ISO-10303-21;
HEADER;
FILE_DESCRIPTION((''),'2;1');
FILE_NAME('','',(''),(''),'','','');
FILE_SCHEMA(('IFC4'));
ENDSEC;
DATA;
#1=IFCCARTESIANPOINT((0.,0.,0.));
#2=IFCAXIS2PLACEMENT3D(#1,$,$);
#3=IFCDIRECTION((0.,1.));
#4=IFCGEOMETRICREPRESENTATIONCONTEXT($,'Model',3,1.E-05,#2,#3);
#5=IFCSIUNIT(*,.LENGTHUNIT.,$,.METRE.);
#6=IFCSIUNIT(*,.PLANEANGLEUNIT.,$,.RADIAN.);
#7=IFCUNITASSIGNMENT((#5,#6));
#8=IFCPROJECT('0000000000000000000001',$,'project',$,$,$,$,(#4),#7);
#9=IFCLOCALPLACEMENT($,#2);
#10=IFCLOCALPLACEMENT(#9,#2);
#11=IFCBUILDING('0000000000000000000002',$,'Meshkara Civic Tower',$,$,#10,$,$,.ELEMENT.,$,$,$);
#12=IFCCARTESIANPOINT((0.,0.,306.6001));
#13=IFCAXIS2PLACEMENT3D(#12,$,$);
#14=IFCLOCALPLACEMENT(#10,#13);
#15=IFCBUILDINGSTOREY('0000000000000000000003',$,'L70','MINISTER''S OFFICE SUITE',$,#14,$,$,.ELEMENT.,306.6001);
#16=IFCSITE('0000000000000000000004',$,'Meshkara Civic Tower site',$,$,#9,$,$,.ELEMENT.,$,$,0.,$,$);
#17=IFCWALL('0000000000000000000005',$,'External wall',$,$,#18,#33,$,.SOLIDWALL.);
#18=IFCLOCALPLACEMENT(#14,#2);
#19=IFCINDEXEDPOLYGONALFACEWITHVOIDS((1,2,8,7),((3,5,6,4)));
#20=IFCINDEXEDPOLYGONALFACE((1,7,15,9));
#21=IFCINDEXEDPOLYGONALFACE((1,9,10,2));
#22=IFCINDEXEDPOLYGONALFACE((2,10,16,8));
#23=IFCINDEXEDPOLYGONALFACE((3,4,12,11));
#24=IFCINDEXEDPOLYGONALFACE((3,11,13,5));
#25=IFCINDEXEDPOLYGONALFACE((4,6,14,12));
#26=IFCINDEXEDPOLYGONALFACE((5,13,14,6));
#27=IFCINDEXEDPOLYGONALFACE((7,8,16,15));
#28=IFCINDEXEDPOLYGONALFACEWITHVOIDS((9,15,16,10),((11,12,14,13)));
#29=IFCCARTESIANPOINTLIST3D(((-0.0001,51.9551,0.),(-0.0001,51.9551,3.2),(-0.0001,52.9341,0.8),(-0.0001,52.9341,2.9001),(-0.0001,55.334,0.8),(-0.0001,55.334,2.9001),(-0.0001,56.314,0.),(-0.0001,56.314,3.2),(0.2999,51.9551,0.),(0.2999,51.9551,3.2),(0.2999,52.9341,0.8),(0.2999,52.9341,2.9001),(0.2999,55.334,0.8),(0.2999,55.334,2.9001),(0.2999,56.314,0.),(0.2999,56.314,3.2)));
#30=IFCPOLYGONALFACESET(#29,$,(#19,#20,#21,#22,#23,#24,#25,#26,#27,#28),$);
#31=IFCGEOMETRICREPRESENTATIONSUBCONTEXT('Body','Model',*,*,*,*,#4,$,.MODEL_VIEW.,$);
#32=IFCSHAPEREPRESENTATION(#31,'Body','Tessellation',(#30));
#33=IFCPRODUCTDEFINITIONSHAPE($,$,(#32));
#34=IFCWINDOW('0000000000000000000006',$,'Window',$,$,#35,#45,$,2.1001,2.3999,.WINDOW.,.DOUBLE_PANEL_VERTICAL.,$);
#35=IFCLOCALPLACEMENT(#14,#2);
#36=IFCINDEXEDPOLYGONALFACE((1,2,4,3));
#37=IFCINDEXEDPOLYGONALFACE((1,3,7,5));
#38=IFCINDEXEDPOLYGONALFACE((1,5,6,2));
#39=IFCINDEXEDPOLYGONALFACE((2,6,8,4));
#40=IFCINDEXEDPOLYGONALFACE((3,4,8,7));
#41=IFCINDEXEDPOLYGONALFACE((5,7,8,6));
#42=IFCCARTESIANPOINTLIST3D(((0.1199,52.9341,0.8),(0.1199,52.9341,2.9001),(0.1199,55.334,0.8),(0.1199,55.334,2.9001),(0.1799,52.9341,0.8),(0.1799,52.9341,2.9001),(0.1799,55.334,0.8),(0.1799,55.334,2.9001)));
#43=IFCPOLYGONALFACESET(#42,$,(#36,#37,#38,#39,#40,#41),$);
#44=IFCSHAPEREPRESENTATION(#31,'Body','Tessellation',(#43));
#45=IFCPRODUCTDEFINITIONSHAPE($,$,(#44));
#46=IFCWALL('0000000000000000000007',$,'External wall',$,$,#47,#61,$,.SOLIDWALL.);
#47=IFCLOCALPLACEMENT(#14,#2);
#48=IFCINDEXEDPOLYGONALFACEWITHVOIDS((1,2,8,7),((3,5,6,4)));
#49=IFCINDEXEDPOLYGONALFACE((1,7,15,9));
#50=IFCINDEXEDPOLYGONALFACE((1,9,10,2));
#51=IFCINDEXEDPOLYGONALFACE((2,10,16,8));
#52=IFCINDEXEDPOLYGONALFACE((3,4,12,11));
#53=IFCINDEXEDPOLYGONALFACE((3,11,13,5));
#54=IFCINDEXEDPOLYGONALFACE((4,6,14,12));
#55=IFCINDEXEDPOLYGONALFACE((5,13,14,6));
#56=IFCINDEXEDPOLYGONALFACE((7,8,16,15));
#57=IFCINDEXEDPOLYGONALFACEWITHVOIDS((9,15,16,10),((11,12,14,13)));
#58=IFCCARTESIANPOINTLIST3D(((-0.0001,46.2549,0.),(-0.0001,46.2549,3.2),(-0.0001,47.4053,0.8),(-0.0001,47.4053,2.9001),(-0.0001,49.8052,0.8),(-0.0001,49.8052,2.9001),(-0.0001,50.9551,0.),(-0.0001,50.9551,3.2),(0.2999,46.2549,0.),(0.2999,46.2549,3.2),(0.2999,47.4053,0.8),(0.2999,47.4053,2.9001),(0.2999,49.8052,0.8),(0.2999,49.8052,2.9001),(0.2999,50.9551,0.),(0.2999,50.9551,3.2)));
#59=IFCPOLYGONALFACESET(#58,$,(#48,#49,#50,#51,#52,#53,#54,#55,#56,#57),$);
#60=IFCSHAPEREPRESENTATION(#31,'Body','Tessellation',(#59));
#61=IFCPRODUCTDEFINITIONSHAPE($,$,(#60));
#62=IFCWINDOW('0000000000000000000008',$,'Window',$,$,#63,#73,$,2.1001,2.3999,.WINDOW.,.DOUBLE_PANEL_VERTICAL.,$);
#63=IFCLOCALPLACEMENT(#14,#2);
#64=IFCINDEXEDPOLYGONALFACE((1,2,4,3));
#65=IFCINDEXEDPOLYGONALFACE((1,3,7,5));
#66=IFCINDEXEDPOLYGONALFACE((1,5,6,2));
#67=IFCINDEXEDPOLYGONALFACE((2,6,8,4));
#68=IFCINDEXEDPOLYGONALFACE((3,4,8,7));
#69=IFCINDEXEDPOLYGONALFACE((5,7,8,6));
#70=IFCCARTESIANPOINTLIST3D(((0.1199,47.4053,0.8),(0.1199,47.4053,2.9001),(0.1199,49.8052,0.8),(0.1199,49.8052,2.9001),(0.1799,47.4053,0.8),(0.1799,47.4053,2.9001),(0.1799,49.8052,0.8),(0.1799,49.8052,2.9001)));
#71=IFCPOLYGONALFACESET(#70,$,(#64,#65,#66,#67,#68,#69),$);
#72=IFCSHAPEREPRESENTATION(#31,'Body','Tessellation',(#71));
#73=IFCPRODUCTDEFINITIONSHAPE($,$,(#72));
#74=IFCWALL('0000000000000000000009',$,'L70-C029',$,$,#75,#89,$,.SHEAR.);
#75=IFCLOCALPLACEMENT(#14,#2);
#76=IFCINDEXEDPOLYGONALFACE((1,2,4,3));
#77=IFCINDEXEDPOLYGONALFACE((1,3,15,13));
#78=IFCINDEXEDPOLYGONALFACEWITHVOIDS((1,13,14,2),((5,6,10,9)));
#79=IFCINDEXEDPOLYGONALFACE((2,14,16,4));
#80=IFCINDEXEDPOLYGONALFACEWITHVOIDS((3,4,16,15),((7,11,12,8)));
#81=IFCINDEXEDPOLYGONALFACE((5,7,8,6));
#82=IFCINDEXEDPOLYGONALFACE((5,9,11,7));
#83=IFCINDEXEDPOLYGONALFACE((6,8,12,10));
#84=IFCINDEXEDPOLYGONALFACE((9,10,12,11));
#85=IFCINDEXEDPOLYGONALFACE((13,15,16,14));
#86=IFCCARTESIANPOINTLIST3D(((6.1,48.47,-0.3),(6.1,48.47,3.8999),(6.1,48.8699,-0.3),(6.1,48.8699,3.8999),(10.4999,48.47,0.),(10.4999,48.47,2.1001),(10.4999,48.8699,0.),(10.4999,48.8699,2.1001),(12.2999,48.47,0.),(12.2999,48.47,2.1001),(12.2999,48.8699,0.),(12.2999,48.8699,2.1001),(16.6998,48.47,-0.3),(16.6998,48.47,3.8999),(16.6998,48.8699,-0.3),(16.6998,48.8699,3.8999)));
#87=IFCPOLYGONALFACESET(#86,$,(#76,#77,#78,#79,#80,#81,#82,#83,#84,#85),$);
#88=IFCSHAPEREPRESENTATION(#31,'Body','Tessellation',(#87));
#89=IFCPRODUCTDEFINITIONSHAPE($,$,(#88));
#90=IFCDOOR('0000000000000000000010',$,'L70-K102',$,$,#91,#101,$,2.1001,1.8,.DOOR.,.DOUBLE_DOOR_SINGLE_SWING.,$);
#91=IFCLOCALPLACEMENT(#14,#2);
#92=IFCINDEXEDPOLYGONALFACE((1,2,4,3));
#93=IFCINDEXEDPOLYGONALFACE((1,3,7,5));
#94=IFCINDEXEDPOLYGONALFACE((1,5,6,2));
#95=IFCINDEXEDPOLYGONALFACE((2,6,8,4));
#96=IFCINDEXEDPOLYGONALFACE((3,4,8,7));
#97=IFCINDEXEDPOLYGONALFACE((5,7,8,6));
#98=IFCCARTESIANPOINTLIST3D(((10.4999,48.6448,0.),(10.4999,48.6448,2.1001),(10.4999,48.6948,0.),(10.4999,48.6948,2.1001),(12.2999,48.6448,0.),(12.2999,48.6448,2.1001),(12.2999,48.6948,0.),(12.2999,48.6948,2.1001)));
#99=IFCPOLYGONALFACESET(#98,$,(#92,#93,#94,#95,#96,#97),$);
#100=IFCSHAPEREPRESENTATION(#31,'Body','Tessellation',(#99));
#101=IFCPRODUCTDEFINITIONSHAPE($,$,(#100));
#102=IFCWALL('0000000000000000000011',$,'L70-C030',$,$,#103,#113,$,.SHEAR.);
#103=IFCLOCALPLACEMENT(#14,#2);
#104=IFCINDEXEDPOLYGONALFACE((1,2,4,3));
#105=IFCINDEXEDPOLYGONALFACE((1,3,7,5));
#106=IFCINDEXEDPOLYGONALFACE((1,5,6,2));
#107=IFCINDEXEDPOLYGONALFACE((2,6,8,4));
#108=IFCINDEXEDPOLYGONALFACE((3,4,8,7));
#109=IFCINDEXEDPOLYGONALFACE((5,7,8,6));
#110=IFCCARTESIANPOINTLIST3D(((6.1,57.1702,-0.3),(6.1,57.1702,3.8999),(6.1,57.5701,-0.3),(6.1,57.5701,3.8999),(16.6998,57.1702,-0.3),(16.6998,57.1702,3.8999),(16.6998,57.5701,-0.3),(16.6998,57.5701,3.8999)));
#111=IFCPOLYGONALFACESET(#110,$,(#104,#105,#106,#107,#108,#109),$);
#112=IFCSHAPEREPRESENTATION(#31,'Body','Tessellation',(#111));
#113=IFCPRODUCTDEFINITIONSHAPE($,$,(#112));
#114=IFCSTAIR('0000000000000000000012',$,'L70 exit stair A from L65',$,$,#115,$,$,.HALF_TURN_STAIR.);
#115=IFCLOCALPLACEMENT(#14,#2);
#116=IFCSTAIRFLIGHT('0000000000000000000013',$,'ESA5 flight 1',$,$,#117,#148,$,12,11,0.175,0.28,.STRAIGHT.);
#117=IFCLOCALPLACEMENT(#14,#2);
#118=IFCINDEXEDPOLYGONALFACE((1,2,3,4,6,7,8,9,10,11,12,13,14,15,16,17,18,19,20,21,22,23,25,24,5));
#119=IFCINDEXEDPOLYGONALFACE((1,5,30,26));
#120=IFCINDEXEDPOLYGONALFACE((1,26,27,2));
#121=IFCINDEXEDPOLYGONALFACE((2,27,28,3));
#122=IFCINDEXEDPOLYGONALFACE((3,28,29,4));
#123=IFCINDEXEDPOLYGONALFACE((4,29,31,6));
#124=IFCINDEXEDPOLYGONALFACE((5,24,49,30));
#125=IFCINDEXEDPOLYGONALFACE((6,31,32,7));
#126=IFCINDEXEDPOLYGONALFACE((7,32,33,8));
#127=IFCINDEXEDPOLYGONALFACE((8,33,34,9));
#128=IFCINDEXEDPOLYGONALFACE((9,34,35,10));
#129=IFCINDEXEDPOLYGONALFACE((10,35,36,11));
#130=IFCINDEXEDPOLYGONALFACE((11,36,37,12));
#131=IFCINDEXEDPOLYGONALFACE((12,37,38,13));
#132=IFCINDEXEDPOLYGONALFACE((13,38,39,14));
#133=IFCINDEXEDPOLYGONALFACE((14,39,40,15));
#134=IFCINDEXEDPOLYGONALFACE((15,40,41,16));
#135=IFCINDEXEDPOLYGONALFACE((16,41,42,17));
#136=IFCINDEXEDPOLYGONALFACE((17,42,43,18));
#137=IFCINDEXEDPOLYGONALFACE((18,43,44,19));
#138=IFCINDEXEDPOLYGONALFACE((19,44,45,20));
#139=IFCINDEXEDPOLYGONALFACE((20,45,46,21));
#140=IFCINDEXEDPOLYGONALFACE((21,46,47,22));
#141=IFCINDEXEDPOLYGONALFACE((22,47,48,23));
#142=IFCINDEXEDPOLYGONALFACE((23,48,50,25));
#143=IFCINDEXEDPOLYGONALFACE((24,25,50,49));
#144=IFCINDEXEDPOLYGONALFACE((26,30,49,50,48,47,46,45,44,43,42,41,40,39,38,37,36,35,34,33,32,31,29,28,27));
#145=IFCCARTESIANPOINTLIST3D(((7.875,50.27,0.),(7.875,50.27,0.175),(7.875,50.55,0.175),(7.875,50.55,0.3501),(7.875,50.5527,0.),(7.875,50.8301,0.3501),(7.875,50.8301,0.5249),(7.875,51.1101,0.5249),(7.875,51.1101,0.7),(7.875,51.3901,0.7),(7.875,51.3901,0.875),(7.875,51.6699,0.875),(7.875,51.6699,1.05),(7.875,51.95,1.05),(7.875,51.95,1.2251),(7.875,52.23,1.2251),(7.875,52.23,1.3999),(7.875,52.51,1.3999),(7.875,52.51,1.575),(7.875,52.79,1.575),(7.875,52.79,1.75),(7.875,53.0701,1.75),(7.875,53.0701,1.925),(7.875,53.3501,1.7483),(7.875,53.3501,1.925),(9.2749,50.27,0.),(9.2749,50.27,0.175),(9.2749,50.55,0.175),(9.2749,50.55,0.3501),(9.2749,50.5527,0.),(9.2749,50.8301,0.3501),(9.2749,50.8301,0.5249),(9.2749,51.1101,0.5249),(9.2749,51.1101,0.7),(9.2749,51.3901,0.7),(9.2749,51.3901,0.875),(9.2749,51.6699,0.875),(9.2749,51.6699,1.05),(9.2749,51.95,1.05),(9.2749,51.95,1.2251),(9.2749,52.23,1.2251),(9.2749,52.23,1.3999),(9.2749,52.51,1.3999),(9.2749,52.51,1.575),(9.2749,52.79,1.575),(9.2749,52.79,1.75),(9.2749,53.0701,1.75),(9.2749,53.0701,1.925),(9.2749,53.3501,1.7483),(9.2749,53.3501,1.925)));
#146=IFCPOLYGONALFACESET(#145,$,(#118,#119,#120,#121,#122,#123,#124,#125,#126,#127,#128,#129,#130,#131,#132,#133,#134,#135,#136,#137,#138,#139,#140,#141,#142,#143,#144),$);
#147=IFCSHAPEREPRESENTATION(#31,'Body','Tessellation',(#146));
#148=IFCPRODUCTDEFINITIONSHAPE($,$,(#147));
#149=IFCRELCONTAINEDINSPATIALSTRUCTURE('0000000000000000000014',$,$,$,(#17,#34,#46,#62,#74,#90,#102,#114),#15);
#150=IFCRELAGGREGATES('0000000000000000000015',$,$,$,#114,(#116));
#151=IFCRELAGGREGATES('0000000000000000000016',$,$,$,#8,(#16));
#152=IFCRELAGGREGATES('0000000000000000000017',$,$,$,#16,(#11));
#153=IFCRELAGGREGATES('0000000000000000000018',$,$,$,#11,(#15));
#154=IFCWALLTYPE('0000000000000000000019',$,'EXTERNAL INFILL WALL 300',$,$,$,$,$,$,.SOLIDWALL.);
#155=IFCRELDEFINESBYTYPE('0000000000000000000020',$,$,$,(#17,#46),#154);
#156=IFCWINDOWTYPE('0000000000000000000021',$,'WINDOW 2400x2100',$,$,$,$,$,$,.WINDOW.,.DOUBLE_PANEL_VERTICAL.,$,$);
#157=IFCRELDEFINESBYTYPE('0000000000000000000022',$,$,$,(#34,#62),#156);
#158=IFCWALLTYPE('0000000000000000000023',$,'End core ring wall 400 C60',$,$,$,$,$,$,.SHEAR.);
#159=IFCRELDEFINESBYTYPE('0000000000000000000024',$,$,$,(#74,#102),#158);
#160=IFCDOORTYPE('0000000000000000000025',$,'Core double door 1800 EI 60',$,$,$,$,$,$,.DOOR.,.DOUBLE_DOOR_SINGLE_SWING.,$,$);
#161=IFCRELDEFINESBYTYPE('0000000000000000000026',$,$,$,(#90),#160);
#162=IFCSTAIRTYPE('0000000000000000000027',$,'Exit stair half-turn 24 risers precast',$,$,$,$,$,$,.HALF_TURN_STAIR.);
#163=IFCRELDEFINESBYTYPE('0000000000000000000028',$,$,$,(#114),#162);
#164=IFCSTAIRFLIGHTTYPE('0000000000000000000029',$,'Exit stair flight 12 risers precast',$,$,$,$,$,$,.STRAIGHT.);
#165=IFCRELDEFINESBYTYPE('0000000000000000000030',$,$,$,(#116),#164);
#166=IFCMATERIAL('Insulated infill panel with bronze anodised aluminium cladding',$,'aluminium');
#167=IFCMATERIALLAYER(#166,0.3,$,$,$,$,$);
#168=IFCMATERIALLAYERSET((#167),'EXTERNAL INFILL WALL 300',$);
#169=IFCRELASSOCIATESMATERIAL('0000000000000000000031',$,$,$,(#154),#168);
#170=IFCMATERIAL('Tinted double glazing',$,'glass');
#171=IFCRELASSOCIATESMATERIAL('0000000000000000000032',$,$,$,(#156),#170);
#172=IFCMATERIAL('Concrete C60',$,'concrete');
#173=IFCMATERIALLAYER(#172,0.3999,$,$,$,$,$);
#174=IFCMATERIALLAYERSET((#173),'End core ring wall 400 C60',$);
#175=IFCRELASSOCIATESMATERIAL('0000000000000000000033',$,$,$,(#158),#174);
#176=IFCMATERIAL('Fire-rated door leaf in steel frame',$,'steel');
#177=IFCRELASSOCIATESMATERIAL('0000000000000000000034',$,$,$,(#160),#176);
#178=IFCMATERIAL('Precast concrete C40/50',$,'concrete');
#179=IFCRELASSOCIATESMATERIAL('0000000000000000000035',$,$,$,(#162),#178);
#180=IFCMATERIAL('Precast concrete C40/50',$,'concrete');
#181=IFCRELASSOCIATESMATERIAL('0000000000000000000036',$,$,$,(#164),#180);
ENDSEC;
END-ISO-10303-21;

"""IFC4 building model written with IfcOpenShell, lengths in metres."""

from ifc_helpers import new_model, si_unit, direction, frame, frame_2d, origin, place, context, subcontext, project, spatial, polyline, rectangle, outline, extrude, material, layer, layer_set, type_object, element, fill, aggregate, save


model = new_model("IFC4")

# Units and contexts
model_context = context("Model", 3, precision=1e-05, world=origin(), true_north=direction((0.0, 1.0)))
body_context = subcontext(model_context, "Body", "Model", "MODEL_VIEW")
ifc_project = project(units=[si_unit("LENGTHUNIT", "METRE"), si_unit("PLANEANGLEUNIT", "RADIAN")], contexts=[model_context])

# Site, building, storey
site_placement = place(None, origin())
site = spatial("IfcSite", under=ifc_project, at=site_placement, Name="Meshkara Civic Tower site", CompositionType="ELEMENT", RefElevation=0.0)
building_placement = place(site_placement, origin())
building = spatial("IfcBuilding", under=site, at=building_placement, Name="Meshkara Civic Tower", CompositionType="ELEMENT")
storey_placement = place(building_placement, frame((0.0, 0.0, 306.6001)))
storey = spatial("IfcBuildingStorey", under=building, at=storey_placement, Name="L70", Description="MINISTER'S OFFICE SUITE", CompositionType="ELEMENT", Elevation=306.6001)

# Walls, openings, windows
ifc_material_1 = material(Name="Insulated infill panel with bronze anodised aluminium cladding", Category="aluminium")
ifc_layer_1 = layer(ifc_material_1, 0.3)
ifc_layer_set_1 = layer_set([ifc_layer_1], Name="EXTERNAL INFILL WALL 300")
wall_type_1 = type_object("IfcWallType", Name="EXTERNAL INFILL WALL 300", PredefinedType="SOLIDWALL", material=ifc_layer_set_1)
ifc_material_2 = material(Name="Tinted double glazing", Category="glass")
window_type = type_object("IfcWindowType", Name="WINDOW 2400x2100", PartitioningType="DOUBLE_PANEL_VERTICAL", PredefinedType="WINDOW", material=ifc_material_2)
wall_1_placement = place(storey_placement, frame((0.1499, 56.314, 0.0), z_axis=(0.0, 0.0, 1.0), x_axis=(0.0, -1.0, 0.0)))
wall_1 = element("IfcWall", 1, at=wall_1_placement, inside=storey, type_object=wall_type_1, Name="External wall", PredefinedType="SOLIDWALL", context=body_context, shape_type="SweptSolid", body=[
    extrude(rectangle(XDim=4.3589, YDim=0.3, at=frame_2d((2.1794, 0.0))), origin(), (0.0, 0.0, 1.0), 3.2),
])
opening_1_placement = place(wall_1_placement, frame((0.98, 0.0, 0.8)))
opening_1 = element("IfcOpeningElement", 2, at=opening_1_placement, cuts=wall_1, PredefinedType="OPENING", context=body_context, shape_type="SweptSolid", body=[
    extrude(rectangle(XDim=2.3999, YDim=2.1001, at=frame_2d((1.2, 1.05))), frame((0.0, 0.1599, 0.0), z_axis=(0.0, -1.0, 0.0), x_axis=(1.0, 0.0, 0.0)), (0.0, 0.0, 1.0), 0.3201),
])
window_1_placement = place(opening_1_placement, origin())
window_1 = element("IfcWindow", 3, at=window_1_placement, inside=storey, type_object=window_type, Name="Window", OverallHeight=2.1001, OverallWidth=2.3999, PartitioningType="DOUBLE_PANEL_VERTICAL", PredefinedType="WINDOW", context=body_context, shape_type="SweptSolid", body=[
    extrude(rectangle(XDim=2.3999, YDim=2.1001, at=frame_2d((1.2, 1.05))), frame((0.0, 0.03, 0.0), z_axis=(0.0, -1.0, 0.0), x_axis=(1.0, 0.0, 0.0)), (0.0, 0.0, 1.0), 0.0601),
])
fill(opening_1, window_1)
wall_2_placement = place(storey_placement, frame((0.1499, 50.9551, 0.0), z_axis=(0.0, 0.0, 1.0), x_axis=(0.0, -1.0, 0.0)))
wall_2 = element("IfcWall", 4, at=wall_2_placement, inside=storey, type_object=wall_type_1, Name="External wall", PredefinedType="SOLIDWALL", context=body_context, shape_type="SweptSolid", body=[
    extrude(rectangle(XDim=4.7002, YDim=0.3, at=frame_2d((2.3501, 0.0))), origin(), (0.0, 0.0, 1.0), 3.2),
])
opening_2_placement = place(wall_2_placement, frame((1.1499, 0.0, 0.8)))
opening_2 = element("IfcOpeningElement", 5, at=opening_2_placement, cuts=wall_2, PredefinedType="OPENING", context=body_context, shape_type="SweptSolid", body=[
    extrude(rectangle(XDim=2.3999, YDim=2.1001, at=frame_2d((1.2, 1.05))), frame((0.0, 0.1599, 0.0), z_axis=(0.0, -1.0, 0.0), x_axis=(1.0, 0.0, 0.0)), (0.0, 0.0, 1.0), 0.3201),
])
window_2_placement = place(opening_2_placement, origin())
window_2 = element("IfcWindow", 6, at=window_2_placement, inside=storey, type_object=window_type, Name="Window", OverallHeight=2.1001, OverallWidth=2.3999, PartitioningType="DOUBLE_PANEL_VERTICAL", PredefinedType="WINDOW", context=body_context, shape_type="SweptSolid", body=[
    extrude(rectangle(XDim=2.3999, YDim=2.1001, at=frame_2d((1.2, 1.05))), frame((0.0, 0.03, 0.0), z_axis=(0.0, -1.0, 0.0), x_axis=(1.0, 0.0, 0.0)), (0.0, 0.0, 1.0), 0.0601),
])
fill(opening_2, window_2)

# Wall, opening, door
ifc_material_3 = material(Name="Concrete C60", Category="concrete")
ifc_layer_2 = layer(ifc_material_3, 0.3999)
ifc_layer_set_2 = layer_set([ifc_layer_2], Name="End core ring wall 400 C60")
wall_type_2 = type_object("IfcWallType", Name="End core ring wall 400 C60", PredefinedType="SHEAR", material=ifc_layer_set_2)
wall_3_placement = place(storey_placement, frame((6.1001, 48.6699, -0.3), z_axis=(0.0, 0.0, 1.0), x_axis=(1.0, 0.0, 0.0)))
wall_3 = element("IfcWall", 7, at=wall_3_placement, inside=storey, type_object=wall_type_2, Name="L70-C029", PredefinedType="SHEAR", context=body_context, shape_type="SweptSolid", body=[
    extrude(rectangle(XDim=10.5999, YDim=0.3999, at=frame_2d((5.2998, 0.0))), origin(), (0.0, 0.0, 1.0), 4.2),
])
opening_3_placement = place(wall_3_placement, frame((4.3999, 0.0, 0.3)))
opening_3 = element("IfcOpeningElement", 8, at=opening_3_placement, cuts=wall_3, PredefinedType="OPENING", context=body_context, shape_type="SweptSolid", body=[
    extrude(rectangle(XDim=1.8, YDim=2.1001, at=frame_2d((0.8999, 1.05))), frame((0.0, 0.21, 0.0), z_axis=(0.0, -1.0, 0.0), x_axis=(1.0, 0.0, 0.0)), (0.0, 0.0, 1.0), 0.4199),
])
ifc_material_4 = material(Name="Fire-rated door leaf in steel frame", Category="steel")
door_type = type_object("IfcDoorType", Name="Core double door 1800 EI 60", OperationType="DOUBLE_DOOR_SINGLE_SWING", PredefinedType="DOOR", material=ifc_material_4)
door_placement = place(opening_3_placement, origin())
door = element("IfcDoor", 9, at=door_placement, inside=storey, type_object=door_type, Name="L70-K102", OperationType="DOUBLE_DOOR_SINGLE_SWING", OverallHeight=2.1001, OverallWidth=1.8, PredefinedType="DOOR", context=body_context, shape_type="SweptSolid", body=[
    extrude(rectangle(XDim=1.8, YDim=2.1001, at=frame_2d((0.8999, 1.05))), frame((0.0, 0.0249, 0.0), z_axis=(0.0, -1.0, 0.0), x_axis=(1.0, 0.0, 0.0)), (0.0, 0.0, 1.0), 0.05),
])
fill(opening_3, door)

# Wall
wall_4_placement = place(storey_placement, frame((6.1001, 57.3701, -0.3), z_axis=(0.0, 0.0, 1.0), x_axis=(1.0, 0.0, 0.0)))
element("IfcWall", 10, at=wall_4_placement, inside=storey, type_object=wall_type_2, Name="L70-C030", PredefinedType="SHEAR", context=body_context, shape_type="SweptSolid", body=[
    extrude(rectangle(XDim=10.5999, YDim=0.3999, at=frame_2d((5.2998, 0.0))), origin(), (0.0, 0.0, 1.0), 4.2),
])

# Stair, stair flight
ifc_material_5 = material(Name="Precast concrete C40/50", Category="concrete")
stair_type = type_object("IfcStairType", Name="Exit stair half-turn 24 risers precast", PredefinedType="HALF_TURN_STAIR", material=ifc_material_5)
stair_placement = place(storey_placement, origin())
stair = element("IfcStair", 11, at=stair_placement, inside=storey, type_object=stair_type, Name="L70 exit stair A from L65", PredefinedType="HALF_TURN_STAIR")
ifc_material_6 = material(Name="Precast concrete C40/50", Category="concrete")
stair_flight_type = type_object("IfcStairFlightType", Name="Exit stair flight 12 risers precast", PredefinedType="STRAIGHT", material=ifc_material_6)
stair_flight_1_placement = place(storey_placement, frame((8.575, 50.27, 0.0), z_axis=(0.0, 0.0, 1.0), x_axis=(0.0, 1.0, 0.0)))
stair_flight_1 = element("IfcStairFlight", 12, at=stair_flight_1_placement, type_object=stair_flight_type, Name="ESA5 flight 1", NumberOfRisers=12, NumberOfTreads=11, PredefinedType="STRAIGHT", RiserHeight=0.175, TreadLength=0.28, context=body_context, shape_type="SweptSolid", body=[
    extrude(outline(polyline([(0.0, 0.0), (0.0, 0.175), (0.28, 0.175), (0.28, 0.3501), (0.5601, 0.3501), (0.5601, 0.5249), (0.8401, 0.5249), (0.8401, 0.7), (1.1201, 0.7), (1.1201, 0.875), (1.3999, 0.875), (1.3999, 1.05), (1.6799, 1.05), (1.6799, 1.2251), (1.96, 1.2251), (1.96, 1.3999), (2.24, 1.3999), (2.24, 1.575), (2.52, 1.575), (2.52, 1.75), (2.8, 1.75), (2.8, 1.925), (3.0801, 1.925), (3.0801, 2.1001), (3.0801, 1.7483), (0.2827, 0.0), (0.0, 0.0)])), frame((0.0, 0.7, 0.0), z_axis=(0.0, -1.0, 0.0), x_axis=(1.0, 0.0, 0.0)), (0.0, 0.0, 1.0), 1.3999),
])
aggregate(stair, [stair_flight_1])

save(model, "model.ifc")
